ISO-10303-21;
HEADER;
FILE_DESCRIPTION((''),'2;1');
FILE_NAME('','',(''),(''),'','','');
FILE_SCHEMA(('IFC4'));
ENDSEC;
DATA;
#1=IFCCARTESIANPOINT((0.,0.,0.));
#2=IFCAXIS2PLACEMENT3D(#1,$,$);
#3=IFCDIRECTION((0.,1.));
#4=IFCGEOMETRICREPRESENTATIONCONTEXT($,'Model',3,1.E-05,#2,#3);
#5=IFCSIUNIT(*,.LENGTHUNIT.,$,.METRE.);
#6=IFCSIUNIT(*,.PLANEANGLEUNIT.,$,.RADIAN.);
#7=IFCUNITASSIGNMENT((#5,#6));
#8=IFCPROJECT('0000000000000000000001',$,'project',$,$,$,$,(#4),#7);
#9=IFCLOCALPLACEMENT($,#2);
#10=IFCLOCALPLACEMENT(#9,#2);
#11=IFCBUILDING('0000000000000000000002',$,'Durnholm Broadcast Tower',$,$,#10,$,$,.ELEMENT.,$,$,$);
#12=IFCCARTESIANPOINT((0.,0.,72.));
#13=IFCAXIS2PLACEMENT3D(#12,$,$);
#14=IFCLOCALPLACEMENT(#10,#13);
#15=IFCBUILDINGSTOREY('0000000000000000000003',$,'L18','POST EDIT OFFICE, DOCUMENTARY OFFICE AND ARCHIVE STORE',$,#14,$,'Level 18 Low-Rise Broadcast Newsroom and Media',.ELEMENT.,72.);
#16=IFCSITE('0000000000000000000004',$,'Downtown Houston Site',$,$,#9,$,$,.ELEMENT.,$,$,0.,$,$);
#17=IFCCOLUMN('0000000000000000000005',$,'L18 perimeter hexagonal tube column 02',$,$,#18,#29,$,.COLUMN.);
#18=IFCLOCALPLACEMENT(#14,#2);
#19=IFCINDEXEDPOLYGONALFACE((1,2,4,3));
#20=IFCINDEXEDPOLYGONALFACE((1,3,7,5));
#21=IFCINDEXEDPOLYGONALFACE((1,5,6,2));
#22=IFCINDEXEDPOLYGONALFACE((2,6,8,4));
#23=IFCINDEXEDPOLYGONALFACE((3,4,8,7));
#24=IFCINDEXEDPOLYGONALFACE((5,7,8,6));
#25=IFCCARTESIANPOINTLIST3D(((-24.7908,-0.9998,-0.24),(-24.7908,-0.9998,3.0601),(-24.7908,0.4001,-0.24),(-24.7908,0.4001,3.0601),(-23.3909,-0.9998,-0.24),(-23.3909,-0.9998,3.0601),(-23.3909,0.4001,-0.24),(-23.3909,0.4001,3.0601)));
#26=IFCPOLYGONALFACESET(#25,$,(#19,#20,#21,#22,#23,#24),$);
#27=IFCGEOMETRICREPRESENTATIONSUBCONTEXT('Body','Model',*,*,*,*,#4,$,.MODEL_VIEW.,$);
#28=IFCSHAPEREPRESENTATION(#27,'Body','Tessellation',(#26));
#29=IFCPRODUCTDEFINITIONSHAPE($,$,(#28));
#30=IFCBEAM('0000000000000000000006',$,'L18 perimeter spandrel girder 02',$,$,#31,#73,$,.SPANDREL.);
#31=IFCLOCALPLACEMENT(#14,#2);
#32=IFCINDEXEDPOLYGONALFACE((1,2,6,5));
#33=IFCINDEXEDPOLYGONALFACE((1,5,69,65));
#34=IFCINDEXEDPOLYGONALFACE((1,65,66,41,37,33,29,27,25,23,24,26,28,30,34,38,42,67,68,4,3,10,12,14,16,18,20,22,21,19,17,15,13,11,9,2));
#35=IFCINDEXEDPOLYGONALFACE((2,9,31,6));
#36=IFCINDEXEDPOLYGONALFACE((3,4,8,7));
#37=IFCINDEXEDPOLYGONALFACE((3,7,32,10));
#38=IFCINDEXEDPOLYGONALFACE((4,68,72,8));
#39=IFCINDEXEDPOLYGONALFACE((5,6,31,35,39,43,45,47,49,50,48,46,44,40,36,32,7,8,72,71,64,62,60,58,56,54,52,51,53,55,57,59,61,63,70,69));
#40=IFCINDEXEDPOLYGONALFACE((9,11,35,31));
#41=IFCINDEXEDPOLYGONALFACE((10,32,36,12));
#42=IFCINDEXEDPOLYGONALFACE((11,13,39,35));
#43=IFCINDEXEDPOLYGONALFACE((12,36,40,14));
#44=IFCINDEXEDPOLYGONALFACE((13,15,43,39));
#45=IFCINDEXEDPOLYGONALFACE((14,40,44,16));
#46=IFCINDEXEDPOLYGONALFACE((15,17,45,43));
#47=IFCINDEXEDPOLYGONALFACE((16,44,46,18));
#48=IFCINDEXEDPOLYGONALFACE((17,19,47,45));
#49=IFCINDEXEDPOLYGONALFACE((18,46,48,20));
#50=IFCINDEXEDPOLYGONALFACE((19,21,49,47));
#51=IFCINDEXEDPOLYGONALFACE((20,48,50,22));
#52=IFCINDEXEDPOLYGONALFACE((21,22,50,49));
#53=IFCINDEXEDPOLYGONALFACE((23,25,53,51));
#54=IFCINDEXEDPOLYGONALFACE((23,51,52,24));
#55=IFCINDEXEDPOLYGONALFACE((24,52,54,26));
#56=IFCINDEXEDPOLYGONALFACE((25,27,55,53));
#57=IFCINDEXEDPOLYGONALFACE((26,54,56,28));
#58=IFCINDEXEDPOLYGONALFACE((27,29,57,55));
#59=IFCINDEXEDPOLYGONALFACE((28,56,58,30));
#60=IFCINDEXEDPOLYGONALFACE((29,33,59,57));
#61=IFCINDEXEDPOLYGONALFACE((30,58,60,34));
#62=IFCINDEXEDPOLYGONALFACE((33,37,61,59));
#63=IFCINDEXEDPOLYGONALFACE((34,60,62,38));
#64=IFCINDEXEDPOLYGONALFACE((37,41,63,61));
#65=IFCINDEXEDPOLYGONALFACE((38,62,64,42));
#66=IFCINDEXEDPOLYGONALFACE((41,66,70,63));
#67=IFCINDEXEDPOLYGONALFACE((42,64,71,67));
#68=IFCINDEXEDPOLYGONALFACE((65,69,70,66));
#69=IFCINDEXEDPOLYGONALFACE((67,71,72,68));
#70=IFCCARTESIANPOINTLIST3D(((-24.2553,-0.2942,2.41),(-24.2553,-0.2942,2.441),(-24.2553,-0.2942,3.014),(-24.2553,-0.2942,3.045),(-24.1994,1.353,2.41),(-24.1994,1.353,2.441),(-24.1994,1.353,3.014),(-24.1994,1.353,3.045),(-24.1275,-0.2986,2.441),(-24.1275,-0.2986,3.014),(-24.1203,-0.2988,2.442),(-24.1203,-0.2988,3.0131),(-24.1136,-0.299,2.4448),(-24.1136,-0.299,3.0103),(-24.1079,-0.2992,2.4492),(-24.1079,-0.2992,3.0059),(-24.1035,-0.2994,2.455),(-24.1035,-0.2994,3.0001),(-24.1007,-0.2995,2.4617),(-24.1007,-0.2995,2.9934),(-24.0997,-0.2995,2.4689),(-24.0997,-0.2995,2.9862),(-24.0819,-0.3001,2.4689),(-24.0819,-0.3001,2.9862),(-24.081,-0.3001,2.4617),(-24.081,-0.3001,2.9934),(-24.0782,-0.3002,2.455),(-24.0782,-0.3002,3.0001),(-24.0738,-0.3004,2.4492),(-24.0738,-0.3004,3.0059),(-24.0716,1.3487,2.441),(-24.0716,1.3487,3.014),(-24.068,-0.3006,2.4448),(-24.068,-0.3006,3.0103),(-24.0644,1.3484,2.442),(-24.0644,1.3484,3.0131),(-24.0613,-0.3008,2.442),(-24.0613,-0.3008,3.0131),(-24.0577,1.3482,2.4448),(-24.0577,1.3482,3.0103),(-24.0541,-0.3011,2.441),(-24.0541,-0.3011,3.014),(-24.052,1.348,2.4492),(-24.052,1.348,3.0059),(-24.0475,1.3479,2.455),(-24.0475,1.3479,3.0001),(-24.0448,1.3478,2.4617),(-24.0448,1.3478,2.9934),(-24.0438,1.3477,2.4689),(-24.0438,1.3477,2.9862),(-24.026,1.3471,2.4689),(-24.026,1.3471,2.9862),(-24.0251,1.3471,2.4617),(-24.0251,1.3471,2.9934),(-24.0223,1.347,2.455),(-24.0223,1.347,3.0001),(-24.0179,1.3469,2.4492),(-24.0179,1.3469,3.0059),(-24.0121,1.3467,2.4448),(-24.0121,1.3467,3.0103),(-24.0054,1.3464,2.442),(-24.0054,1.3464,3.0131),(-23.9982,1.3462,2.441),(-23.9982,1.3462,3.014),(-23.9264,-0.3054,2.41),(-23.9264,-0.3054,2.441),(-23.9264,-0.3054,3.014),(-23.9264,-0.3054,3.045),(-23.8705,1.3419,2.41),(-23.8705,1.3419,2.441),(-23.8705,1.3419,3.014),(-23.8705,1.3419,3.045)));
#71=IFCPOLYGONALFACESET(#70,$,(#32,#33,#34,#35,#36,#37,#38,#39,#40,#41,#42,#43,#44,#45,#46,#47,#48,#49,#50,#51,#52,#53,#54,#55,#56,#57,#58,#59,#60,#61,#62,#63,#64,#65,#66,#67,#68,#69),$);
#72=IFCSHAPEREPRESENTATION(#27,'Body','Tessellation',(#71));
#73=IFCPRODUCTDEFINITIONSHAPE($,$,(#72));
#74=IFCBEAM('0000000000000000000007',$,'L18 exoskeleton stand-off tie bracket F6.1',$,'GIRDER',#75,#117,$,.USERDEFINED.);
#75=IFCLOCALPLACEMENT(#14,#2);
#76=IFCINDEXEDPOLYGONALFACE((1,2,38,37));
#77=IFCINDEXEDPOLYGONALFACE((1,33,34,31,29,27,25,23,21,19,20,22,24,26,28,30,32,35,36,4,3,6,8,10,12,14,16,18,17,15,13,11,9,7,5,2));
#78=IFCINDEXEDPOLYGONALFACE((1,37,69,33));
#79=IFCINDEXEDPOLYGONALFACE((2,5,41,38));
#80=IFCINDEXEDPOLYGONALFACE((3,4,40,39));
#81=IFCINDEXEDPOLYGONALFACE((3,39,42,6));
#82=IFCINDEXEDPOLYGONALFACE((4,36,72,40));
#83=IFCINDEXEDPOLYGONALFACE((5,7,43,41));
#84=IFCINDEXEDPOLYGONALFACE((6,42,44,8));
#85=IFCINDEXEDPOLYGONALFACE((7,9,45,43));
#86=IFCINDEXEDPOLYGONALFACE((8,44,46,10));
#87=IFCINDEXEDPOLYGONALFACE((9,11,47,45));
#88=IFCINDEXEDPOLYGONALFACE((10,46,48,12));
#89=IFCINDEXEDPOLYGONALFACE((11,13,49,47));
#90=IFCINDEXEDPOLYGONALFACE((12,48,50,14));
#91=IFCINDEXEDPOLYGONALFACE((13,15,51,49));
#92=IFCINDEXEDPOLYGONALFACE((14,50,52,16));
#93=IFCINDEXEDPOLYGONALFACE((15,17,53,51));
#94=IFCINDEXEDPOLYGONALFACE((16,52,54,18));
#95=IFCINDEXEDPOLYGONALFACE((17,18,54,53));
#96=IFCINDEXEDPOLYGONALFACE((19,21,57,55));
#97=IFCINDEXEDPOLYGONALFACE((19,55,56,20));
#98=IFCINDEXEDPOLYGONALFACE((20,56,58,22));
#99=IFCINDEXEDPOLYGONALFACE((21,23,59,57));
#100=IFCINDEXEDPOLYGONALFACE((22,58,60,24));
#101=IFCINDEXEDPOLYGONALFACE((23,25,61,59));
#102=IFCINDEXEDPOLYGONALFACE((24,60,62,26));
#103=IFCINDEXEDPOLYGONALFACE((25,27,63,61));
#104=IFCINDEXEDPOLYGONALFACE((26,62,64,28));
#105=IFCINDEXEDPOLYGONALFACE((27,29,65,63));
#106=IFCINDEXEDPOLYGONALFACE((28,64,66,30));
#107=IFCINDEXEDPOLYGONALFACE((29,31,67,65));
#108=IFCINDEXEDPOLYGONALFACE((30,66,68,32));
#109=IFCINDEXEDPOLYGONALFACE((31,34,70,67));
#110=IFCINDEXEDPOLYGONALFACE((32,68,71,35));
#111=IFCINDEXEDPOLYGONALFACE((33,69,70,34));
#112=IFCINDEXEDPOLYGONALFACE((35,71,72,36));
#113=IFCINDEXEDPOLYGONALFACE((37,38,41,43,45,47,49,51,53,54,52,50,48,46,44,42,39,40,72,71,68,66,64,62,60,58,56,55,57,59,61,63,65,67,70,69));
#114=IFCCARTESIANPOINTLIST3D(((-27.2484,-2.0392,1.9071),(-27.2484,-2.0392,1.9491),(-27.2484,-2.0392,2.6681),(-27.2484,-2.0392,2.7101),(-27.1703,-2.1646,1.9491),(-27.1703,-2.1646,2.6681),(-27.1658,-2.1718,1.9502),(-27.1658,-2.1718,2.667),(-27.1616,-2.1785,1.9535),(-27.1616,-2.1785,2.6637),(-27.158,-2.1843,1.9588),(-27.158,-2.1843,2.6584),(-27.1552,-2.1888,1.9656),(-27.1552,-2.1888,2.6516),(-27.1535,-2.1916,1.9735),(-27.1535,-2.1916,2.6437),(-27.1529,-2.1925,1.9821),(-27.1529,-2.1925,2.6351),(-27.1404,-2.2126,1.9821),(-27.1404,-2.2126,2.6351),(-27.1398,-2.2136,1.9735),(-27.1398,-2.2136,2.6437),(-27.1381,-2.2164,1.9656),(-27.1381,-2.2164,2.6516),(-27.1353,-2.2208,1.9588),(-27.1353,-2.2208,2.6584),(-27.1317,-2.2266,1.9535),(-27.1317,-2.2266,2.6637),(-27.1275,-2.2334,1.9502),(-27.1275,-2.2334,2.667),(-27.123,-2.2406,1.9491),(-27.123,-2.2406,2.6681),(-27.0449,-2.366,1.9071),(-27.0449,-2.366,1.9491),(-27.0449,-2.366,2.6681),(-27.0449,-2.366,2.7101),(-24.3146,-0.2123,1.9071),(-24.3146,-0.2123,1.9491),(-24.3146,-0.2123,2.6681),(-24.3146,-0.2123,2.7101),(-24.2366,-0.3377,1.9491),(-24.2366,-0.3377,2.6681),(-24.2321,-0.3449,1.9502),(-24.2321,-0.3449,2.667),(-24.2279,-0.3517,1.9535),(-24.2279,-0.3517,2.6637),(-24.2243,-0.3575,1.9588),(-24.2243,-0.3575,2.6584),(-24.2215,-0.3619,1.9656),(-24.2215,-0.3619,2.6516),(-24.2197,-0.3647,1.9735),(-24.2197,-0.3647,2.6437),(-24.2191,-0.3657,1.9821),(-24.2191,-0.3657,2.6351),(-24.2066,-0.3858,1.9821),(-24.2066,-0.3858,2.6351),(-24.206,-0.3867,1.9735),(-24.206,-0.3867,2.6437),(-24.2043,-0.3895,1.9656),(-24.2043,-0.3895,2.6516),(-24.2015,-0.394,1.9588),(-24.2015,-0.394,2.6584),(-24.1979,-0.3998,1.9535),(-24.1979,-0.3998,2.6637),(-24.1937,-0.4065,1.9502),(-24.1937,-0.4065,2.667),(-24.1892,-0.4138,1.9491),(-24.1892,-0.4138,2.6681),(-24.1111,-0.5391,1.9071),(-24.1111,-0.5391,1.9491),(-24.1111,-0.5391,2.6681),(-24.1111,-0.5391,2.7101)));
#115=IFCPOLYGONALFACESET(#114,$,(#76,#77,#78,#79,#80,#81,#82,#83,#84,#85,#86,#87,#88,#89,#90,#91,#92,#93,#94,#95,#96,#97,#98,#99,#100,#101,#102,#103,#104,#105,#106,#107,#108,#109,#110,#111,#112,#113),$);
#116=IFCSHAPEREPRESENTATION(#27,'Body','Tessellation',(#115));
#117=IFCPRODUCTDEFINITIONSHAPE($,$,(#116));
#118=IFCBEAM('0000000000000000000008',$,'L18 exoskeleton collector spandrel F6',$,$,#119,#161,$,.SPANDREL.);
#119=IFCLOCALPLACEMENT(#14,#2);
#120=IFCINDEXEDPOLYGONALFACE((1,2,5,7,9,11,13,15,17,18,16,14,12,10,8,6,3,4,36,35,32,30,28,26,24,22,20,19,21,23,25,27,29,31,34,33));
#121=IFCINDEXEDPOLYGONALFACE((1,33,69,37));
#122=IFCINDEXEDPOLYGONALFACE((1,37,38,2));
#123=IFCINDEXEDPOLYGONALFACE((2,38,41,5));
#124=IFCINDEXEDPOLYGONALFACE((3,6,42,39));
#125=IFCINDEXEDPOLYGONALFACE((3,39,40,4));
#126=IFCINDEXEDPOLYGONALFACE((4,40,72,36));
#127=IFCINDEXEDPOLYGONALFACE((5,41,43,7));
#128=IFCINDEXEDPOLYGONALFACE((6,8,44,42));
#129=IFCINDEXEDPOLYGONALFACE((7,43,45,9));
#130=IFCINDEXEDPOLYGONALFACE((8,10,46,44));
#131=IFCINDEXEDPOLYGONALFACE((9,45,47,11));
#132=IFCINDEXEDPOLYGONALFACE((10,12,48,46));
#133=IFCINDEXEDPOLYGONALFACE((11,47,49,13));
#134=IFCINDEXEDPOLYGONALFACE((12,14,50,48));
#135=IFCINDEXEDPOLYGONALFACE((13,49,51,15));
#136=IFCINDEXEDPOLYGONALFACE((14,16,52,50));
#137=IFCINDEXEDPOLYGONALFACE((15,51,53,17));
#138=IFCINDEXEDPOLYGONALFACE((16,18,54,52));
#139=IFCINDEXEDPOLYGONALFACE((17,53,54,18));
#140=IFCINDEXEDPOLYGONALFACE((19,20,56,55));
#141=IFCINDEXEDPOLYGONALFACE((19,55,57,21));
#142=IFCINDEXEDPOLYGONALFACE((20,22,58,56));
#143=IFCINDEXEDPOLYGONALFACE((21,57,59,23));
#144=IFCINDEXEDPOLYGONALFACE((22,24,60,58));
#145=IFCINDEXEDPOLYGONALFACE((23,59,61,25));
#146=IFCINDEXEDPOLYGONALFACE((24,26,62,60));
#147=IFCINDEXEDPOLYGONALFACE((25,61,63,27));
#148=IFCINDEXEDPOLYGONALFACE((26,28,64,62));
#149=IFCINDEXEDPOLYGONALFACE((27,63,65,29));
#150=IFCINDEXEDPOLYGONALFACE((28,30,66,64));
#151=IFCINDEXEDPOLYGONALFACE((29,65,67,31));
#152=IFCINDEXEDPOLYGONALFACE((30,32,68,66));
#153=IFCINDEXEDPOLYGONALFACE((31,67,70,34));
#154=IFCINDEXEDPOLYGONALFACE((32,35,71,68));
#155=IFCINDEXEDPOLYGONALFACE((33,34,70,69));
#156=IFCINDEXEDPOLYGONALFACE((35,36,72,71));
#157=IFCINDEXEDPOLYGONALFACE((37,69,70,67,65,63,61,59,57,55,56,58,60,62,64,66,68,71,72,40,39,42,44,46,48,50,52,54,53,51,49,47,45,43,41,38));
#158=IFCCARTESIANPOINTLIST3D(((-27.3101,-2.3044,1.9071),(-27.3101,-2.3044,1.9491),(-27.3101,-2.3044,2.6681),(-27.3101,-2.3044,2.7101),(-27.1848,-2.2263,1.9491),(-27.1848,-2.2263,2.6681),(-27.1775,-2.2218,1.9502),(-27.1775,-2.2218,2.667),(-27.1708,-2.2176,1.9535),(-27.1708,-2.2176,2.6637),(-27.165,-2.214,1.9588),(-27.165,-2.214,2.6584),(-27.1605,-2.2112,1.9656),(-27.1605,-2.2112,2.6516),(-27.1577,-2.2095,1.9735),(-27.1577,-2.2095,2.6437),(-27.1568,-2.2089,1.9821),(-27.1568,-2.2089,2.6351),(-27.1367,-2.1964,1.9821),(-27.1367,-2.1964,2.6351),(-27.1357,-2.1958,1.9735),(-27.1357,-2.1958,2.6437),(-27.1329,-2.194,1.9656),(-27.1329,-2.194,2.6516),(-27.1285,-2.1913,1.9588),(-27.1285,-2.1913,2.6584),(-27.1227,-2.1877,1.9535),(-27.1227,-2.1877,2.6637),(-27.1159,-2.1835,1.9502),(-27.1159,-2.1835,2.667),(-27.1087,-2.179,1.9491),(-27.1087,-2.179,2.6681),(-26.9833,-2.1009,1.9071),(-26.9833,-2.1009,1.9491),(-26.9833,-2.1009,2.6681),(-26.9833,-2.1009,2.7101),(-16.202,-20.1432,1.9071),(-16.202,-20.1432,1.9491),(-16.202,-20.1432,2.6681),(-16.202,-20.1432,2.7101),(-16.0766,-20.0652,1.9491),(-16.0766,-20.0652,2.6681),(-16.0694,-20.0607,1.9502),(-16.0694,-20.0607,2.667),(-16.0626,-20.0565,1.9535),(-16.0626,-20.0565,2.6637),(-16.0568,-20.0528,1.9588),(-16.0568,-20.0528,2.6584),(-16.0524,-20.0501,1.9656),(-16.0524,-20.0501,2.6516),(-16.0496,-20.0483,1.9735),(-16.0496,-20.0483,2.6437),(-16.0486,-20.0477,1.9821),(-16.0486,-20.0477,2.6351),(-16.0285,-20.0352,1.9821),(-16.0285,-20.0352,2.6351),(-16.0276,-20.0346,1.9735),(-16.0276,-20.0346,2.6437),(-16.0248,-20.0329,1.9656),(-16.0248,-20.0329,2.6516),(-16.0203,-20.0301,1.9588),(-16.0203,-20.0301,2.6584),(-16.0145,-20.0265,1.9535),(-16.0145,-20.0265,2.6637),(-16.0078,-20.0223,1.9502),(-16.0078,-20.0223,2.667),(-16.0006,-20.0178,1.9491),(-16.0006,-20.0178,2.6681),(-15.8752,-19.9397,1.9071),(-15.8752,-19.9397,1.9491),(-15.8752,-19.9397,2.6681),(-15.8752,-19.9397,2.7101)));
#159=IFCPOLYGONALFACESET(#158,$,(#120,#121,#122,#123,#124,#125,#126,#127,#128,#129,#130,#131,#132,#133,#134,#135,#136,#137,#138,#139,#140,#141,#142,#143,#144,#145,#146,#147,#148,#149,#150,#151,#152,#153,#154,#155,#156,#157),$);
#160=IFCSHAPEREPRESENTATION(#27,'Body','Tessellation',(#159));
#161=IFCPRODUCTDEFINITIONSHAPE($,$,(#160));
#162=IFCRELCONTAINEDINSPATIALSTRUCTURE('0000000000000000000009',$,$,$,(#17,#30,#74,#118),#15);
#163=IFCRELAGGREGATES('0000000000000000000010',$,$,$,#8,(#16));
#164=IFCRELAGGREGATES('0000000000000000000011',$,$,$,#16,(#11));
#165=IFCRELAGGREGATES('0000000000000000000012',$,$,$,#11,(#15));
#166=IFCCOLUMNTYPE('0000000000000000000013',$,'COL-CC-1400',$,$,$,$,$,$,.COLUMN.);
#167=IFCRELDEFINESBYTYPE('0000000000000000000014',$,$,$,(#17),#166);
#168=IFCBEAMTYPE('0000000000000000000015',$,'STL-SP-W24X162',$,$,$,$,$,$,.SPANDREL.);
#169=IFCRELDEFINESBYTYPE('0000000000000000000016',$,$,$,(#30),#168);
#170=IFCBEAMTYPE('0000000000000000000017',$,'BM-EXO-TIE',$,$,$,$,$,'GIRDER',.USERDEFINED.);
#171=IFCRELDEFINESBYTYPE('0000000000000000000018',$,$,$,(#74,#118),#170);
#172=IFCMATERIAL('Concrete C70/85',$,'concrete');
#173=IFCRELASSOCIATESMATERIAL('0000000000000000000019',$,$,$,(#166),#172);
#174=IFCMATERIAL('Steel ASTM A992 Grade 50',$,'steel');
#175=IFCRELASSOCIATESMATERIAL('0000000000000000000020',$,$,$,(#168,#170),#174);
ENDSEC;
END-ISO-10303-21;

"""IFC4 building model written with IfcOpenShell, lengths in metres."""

from ifc_helpers import new_model, si_unit, direction, frame, origin, origin_2d, place, context, subcontext, project, spatial, rectangle, i_section, extrude, source, transform, mapped, material, material_profile, profile_set, type_object, type_shapes, element, save


model = new_model("IFC4")

# Units and contexts
model_context = context("Model", 3, precision=1e-05, world=origin(), true_north=direction((0.0, 1.0)))
body_context = subcontext(model_context, "Body", "Model", "MODEL_VIEW")
ifc_project = project(units=[si_unit("LENGTHUNIT", "METRE"), si_unit("PLANEANGLEUNIT", "RADIAN")], contexts=[model_context])

# Site, building, storey
site_placement = place(None, origin())
site = spatial("IfcSite", under=ifc_project, at=site_placement, Name="Downtown Houston Site", CompositionType="ELEMENT", RefElevation=0.0)
building_placement = place(site_placement, origin())
building = spatial("IfcBuilding", under=site, at=building_placement, Name="Durnholm Broadcast Tower", CompositionType="ELEMENT")
storey_placement = place(building_placement, frame((0.0, 0.0, 72.0)))
storey = spatial("IfcBuildingStorey", under=building, at=storey_placement, Name="L18", Description="POST EDIT OFFICE, DOCUMENTARY OFFICE AND ARCHIVE STORE", LongName="Level 18 Low-Rise Broadcast Newsroom and Media", CompositionType="ELEMENT", Elevation=72.0)

# Column
ifc_material_1 = material(Name="Concrete C70/85", Category="concrete")
ifc_material_profile_1 = material_profile(ifc_material_1, rectangle(XDim=1.3999, YDim=1.3999, at=origin_2d()), Name="RC1400X1400")
ifc_profile_set_1 = profile_set([ifc_material_profile_1], Name="Concrete C70/85")
column_type = type_object("IfcColumnType", Name="COL-CC-1400", PredefinedType="COLUMN", material=ifc_profile_set_1)
shared_shape_1 = source(origin(), body_context, "Body", "SweptSolid", [
    extrude(rectangle(XDim=1.3999, YDim=1.3999, at=origin_2d()), origin(), (0.0, 0.0, 1.0), 3.3),
])
type_shapes(column_type, [shared_shape_1])
column_placement = place(storey_placement, frame((-24.0908, -0.2998, -0.24), z_axis=(0.0, 0.0, 1.0), x_axis=(1.0, 0.0, 0.0)))
element("IfcColumn", 1, at=column_placement, inside=storey, type_object=column_type, Name="L18 perimeter hexagonal tube column 02", PredefinedType="COLUMN", context=body_context, shape_type="MappedRepresentation", body=[
    mapped(shared_shape_1, transform((0.0, 0.0, 0.0), x_axis=(1.0, 0.0, 0.0), y_axis=(0.0, 1.0, 0.0), z_axis=(0.0, 0.0, 1.0), scale=1.0)),
])

# Beams
ifc_material_2 = material(Name="Steel ASTM A992 Grade 50", Category="steel")
ifc_material_profile_2 = material_profile(ifc_material_2, i_section(OverallWidth=0.3291, OverallDepth=0.635, WebThickness=0.0178, FlangeThickness=0.031, FilletRadius=0.0278, at=origin_2d()), Name="W24X162")
ifc_profile_set_2 = profile_set([ifc_material_profile_2], Name="Steel ASTM A992 Grade 50")
beam_type_1 = type_object("IfcBeamType", Name="STL-SP-W24X162", PredefinedType="SPANDREL", material=ifc_profile_set_2)
shared_shape_2 = source(origin(), body_context, "Body", "SweptSolid", [
    extrude(i_section(OverallWidth=0.3291, OverallDepth=0.635, WebThickness=0.0178, FlangeThickness=0.031, FilletRadius=0.0278, at=origin_2d()), origin(), (0.0, 0.0, 1.0), 1.6482),
])
type_shapes(beam_type_1, [shared_shape_2])
beam_1_placement = place(storey_placement, frame((-24.0908, -0.2998, 2.7275), z_axis=(0.033921, 0.999425, 0.0), x_axis=(-0.999425, 0.033921, 0.0)))
element("IfcBeam", 2, at=beam_1_placement, inside=storey, type_object=beam_type_1, Name="L18 perimeter spandrel girder 02", PredefinedType="SPANDREL", context=body_context, shape_type="MappedRepresentation", body=[
    mapped(shared_shape_2, transform((0.0, 0.0, 0.0), x_axis=(1.0, 0.0, 0.0), y_axis=(0.0, 1.0, 0.0), z_axis=(0.0, 0.0, 1.0), scale=1.0)),
])
ifc_material_profile_3 = material_profile(ifc_material_2, i_section(OverallWidth=0.385, OverallDepth=0.803, WebThickness=0.0237, FlangeThickness=0.042, FilletRadius=0.033, at=origin_2d()), Name="W30X261")
ifc_profile_set_3 = profile_set([ifc_material_profile_3], Name="Steel ASTM A992 Grade 50")
beam_type_2 = type_object("IfcBeamType", Name="BM-EXO-TIE", ElementType="GIRDER", PredefinedType="USERDEFINED", material=ifc_profile_set_3)
shared_shape_3 = source(origin(), body_context, "Body", "SweptSolid", [
    extrude(i_section(OverallWidth=0.385, OverallDepth=0.803, WebThickness=0.0237, FlangeThickness=0.042, FilletRadius=0.033, at=origin_2d()), origin(), (0.0, 0.0, 1.0), 3.4561),
])
beam_2_placement = place(storey_placement, frame((-24.2129, -0.3757, 2.3086), z_axis=(-0.848874, -0.528595, 0.0), x_axis=(0.528595, -0.848874, 0.0)))
element("IfcBeam", 3, at=beam_2_placement, inside=storey, type_object=beam_type_2, Name="L18 exoskeleton stand-off tie bracket F6.1", ObjectType="GIRDER", PredefinedType="USERDEFINED", context=body_context, shape_type="MappedRepresentation", body=[
    mapped(shared_shape_3, transform((0.0, 0.0, 0.0), x_axis=(1.0, 0.0, 0.0), y_axis=(0.0, 1.0, 0.0), z_axis=(0.0, 0.0, 1.0), scale=1.0)),
])
shared_shape_4 = source(origin(), body_context, "Body", "SweptSolid", [
    extrude(i_section(OverallWidth=0.385, OverallDepth=0.803, WebThickness=0.0237, FlangeThickness=0.042, FilletRadius=0.033, at=origin_2d()), origin(), (0.0, 0.0, 1.0), 21.0146),
])
type_shapes(beam_type_2, [shared_shape_3, shared_shape_4])
beam_3_placement = place(storey_placement, frame((-27.1467, -2.2026, 2.3086), z_axis=(0.528591, -0.848877, 0.0), x_axis=(0.848877, 0.528591, 0.0)))
element("IfcBeam", 4, at=beam_3_placement, inside=storey, type_object=beam_type_2, Name="L18 exoskeleton collector spandrel F6", PredefinedType="SPANDREL", context=body_context, shape_type="MappedRepresentation", body=[
    mapped(shared_shape_4, transform((0.0, 0.0, 0.0), x_axis=(1.0, 0.0, 0.0), y_axis=(0.0, 1.0, 0.0), z_axis=(0.0, 0.0, 1.0), scale=1.0)),
])

save(model, "model.ifc")
